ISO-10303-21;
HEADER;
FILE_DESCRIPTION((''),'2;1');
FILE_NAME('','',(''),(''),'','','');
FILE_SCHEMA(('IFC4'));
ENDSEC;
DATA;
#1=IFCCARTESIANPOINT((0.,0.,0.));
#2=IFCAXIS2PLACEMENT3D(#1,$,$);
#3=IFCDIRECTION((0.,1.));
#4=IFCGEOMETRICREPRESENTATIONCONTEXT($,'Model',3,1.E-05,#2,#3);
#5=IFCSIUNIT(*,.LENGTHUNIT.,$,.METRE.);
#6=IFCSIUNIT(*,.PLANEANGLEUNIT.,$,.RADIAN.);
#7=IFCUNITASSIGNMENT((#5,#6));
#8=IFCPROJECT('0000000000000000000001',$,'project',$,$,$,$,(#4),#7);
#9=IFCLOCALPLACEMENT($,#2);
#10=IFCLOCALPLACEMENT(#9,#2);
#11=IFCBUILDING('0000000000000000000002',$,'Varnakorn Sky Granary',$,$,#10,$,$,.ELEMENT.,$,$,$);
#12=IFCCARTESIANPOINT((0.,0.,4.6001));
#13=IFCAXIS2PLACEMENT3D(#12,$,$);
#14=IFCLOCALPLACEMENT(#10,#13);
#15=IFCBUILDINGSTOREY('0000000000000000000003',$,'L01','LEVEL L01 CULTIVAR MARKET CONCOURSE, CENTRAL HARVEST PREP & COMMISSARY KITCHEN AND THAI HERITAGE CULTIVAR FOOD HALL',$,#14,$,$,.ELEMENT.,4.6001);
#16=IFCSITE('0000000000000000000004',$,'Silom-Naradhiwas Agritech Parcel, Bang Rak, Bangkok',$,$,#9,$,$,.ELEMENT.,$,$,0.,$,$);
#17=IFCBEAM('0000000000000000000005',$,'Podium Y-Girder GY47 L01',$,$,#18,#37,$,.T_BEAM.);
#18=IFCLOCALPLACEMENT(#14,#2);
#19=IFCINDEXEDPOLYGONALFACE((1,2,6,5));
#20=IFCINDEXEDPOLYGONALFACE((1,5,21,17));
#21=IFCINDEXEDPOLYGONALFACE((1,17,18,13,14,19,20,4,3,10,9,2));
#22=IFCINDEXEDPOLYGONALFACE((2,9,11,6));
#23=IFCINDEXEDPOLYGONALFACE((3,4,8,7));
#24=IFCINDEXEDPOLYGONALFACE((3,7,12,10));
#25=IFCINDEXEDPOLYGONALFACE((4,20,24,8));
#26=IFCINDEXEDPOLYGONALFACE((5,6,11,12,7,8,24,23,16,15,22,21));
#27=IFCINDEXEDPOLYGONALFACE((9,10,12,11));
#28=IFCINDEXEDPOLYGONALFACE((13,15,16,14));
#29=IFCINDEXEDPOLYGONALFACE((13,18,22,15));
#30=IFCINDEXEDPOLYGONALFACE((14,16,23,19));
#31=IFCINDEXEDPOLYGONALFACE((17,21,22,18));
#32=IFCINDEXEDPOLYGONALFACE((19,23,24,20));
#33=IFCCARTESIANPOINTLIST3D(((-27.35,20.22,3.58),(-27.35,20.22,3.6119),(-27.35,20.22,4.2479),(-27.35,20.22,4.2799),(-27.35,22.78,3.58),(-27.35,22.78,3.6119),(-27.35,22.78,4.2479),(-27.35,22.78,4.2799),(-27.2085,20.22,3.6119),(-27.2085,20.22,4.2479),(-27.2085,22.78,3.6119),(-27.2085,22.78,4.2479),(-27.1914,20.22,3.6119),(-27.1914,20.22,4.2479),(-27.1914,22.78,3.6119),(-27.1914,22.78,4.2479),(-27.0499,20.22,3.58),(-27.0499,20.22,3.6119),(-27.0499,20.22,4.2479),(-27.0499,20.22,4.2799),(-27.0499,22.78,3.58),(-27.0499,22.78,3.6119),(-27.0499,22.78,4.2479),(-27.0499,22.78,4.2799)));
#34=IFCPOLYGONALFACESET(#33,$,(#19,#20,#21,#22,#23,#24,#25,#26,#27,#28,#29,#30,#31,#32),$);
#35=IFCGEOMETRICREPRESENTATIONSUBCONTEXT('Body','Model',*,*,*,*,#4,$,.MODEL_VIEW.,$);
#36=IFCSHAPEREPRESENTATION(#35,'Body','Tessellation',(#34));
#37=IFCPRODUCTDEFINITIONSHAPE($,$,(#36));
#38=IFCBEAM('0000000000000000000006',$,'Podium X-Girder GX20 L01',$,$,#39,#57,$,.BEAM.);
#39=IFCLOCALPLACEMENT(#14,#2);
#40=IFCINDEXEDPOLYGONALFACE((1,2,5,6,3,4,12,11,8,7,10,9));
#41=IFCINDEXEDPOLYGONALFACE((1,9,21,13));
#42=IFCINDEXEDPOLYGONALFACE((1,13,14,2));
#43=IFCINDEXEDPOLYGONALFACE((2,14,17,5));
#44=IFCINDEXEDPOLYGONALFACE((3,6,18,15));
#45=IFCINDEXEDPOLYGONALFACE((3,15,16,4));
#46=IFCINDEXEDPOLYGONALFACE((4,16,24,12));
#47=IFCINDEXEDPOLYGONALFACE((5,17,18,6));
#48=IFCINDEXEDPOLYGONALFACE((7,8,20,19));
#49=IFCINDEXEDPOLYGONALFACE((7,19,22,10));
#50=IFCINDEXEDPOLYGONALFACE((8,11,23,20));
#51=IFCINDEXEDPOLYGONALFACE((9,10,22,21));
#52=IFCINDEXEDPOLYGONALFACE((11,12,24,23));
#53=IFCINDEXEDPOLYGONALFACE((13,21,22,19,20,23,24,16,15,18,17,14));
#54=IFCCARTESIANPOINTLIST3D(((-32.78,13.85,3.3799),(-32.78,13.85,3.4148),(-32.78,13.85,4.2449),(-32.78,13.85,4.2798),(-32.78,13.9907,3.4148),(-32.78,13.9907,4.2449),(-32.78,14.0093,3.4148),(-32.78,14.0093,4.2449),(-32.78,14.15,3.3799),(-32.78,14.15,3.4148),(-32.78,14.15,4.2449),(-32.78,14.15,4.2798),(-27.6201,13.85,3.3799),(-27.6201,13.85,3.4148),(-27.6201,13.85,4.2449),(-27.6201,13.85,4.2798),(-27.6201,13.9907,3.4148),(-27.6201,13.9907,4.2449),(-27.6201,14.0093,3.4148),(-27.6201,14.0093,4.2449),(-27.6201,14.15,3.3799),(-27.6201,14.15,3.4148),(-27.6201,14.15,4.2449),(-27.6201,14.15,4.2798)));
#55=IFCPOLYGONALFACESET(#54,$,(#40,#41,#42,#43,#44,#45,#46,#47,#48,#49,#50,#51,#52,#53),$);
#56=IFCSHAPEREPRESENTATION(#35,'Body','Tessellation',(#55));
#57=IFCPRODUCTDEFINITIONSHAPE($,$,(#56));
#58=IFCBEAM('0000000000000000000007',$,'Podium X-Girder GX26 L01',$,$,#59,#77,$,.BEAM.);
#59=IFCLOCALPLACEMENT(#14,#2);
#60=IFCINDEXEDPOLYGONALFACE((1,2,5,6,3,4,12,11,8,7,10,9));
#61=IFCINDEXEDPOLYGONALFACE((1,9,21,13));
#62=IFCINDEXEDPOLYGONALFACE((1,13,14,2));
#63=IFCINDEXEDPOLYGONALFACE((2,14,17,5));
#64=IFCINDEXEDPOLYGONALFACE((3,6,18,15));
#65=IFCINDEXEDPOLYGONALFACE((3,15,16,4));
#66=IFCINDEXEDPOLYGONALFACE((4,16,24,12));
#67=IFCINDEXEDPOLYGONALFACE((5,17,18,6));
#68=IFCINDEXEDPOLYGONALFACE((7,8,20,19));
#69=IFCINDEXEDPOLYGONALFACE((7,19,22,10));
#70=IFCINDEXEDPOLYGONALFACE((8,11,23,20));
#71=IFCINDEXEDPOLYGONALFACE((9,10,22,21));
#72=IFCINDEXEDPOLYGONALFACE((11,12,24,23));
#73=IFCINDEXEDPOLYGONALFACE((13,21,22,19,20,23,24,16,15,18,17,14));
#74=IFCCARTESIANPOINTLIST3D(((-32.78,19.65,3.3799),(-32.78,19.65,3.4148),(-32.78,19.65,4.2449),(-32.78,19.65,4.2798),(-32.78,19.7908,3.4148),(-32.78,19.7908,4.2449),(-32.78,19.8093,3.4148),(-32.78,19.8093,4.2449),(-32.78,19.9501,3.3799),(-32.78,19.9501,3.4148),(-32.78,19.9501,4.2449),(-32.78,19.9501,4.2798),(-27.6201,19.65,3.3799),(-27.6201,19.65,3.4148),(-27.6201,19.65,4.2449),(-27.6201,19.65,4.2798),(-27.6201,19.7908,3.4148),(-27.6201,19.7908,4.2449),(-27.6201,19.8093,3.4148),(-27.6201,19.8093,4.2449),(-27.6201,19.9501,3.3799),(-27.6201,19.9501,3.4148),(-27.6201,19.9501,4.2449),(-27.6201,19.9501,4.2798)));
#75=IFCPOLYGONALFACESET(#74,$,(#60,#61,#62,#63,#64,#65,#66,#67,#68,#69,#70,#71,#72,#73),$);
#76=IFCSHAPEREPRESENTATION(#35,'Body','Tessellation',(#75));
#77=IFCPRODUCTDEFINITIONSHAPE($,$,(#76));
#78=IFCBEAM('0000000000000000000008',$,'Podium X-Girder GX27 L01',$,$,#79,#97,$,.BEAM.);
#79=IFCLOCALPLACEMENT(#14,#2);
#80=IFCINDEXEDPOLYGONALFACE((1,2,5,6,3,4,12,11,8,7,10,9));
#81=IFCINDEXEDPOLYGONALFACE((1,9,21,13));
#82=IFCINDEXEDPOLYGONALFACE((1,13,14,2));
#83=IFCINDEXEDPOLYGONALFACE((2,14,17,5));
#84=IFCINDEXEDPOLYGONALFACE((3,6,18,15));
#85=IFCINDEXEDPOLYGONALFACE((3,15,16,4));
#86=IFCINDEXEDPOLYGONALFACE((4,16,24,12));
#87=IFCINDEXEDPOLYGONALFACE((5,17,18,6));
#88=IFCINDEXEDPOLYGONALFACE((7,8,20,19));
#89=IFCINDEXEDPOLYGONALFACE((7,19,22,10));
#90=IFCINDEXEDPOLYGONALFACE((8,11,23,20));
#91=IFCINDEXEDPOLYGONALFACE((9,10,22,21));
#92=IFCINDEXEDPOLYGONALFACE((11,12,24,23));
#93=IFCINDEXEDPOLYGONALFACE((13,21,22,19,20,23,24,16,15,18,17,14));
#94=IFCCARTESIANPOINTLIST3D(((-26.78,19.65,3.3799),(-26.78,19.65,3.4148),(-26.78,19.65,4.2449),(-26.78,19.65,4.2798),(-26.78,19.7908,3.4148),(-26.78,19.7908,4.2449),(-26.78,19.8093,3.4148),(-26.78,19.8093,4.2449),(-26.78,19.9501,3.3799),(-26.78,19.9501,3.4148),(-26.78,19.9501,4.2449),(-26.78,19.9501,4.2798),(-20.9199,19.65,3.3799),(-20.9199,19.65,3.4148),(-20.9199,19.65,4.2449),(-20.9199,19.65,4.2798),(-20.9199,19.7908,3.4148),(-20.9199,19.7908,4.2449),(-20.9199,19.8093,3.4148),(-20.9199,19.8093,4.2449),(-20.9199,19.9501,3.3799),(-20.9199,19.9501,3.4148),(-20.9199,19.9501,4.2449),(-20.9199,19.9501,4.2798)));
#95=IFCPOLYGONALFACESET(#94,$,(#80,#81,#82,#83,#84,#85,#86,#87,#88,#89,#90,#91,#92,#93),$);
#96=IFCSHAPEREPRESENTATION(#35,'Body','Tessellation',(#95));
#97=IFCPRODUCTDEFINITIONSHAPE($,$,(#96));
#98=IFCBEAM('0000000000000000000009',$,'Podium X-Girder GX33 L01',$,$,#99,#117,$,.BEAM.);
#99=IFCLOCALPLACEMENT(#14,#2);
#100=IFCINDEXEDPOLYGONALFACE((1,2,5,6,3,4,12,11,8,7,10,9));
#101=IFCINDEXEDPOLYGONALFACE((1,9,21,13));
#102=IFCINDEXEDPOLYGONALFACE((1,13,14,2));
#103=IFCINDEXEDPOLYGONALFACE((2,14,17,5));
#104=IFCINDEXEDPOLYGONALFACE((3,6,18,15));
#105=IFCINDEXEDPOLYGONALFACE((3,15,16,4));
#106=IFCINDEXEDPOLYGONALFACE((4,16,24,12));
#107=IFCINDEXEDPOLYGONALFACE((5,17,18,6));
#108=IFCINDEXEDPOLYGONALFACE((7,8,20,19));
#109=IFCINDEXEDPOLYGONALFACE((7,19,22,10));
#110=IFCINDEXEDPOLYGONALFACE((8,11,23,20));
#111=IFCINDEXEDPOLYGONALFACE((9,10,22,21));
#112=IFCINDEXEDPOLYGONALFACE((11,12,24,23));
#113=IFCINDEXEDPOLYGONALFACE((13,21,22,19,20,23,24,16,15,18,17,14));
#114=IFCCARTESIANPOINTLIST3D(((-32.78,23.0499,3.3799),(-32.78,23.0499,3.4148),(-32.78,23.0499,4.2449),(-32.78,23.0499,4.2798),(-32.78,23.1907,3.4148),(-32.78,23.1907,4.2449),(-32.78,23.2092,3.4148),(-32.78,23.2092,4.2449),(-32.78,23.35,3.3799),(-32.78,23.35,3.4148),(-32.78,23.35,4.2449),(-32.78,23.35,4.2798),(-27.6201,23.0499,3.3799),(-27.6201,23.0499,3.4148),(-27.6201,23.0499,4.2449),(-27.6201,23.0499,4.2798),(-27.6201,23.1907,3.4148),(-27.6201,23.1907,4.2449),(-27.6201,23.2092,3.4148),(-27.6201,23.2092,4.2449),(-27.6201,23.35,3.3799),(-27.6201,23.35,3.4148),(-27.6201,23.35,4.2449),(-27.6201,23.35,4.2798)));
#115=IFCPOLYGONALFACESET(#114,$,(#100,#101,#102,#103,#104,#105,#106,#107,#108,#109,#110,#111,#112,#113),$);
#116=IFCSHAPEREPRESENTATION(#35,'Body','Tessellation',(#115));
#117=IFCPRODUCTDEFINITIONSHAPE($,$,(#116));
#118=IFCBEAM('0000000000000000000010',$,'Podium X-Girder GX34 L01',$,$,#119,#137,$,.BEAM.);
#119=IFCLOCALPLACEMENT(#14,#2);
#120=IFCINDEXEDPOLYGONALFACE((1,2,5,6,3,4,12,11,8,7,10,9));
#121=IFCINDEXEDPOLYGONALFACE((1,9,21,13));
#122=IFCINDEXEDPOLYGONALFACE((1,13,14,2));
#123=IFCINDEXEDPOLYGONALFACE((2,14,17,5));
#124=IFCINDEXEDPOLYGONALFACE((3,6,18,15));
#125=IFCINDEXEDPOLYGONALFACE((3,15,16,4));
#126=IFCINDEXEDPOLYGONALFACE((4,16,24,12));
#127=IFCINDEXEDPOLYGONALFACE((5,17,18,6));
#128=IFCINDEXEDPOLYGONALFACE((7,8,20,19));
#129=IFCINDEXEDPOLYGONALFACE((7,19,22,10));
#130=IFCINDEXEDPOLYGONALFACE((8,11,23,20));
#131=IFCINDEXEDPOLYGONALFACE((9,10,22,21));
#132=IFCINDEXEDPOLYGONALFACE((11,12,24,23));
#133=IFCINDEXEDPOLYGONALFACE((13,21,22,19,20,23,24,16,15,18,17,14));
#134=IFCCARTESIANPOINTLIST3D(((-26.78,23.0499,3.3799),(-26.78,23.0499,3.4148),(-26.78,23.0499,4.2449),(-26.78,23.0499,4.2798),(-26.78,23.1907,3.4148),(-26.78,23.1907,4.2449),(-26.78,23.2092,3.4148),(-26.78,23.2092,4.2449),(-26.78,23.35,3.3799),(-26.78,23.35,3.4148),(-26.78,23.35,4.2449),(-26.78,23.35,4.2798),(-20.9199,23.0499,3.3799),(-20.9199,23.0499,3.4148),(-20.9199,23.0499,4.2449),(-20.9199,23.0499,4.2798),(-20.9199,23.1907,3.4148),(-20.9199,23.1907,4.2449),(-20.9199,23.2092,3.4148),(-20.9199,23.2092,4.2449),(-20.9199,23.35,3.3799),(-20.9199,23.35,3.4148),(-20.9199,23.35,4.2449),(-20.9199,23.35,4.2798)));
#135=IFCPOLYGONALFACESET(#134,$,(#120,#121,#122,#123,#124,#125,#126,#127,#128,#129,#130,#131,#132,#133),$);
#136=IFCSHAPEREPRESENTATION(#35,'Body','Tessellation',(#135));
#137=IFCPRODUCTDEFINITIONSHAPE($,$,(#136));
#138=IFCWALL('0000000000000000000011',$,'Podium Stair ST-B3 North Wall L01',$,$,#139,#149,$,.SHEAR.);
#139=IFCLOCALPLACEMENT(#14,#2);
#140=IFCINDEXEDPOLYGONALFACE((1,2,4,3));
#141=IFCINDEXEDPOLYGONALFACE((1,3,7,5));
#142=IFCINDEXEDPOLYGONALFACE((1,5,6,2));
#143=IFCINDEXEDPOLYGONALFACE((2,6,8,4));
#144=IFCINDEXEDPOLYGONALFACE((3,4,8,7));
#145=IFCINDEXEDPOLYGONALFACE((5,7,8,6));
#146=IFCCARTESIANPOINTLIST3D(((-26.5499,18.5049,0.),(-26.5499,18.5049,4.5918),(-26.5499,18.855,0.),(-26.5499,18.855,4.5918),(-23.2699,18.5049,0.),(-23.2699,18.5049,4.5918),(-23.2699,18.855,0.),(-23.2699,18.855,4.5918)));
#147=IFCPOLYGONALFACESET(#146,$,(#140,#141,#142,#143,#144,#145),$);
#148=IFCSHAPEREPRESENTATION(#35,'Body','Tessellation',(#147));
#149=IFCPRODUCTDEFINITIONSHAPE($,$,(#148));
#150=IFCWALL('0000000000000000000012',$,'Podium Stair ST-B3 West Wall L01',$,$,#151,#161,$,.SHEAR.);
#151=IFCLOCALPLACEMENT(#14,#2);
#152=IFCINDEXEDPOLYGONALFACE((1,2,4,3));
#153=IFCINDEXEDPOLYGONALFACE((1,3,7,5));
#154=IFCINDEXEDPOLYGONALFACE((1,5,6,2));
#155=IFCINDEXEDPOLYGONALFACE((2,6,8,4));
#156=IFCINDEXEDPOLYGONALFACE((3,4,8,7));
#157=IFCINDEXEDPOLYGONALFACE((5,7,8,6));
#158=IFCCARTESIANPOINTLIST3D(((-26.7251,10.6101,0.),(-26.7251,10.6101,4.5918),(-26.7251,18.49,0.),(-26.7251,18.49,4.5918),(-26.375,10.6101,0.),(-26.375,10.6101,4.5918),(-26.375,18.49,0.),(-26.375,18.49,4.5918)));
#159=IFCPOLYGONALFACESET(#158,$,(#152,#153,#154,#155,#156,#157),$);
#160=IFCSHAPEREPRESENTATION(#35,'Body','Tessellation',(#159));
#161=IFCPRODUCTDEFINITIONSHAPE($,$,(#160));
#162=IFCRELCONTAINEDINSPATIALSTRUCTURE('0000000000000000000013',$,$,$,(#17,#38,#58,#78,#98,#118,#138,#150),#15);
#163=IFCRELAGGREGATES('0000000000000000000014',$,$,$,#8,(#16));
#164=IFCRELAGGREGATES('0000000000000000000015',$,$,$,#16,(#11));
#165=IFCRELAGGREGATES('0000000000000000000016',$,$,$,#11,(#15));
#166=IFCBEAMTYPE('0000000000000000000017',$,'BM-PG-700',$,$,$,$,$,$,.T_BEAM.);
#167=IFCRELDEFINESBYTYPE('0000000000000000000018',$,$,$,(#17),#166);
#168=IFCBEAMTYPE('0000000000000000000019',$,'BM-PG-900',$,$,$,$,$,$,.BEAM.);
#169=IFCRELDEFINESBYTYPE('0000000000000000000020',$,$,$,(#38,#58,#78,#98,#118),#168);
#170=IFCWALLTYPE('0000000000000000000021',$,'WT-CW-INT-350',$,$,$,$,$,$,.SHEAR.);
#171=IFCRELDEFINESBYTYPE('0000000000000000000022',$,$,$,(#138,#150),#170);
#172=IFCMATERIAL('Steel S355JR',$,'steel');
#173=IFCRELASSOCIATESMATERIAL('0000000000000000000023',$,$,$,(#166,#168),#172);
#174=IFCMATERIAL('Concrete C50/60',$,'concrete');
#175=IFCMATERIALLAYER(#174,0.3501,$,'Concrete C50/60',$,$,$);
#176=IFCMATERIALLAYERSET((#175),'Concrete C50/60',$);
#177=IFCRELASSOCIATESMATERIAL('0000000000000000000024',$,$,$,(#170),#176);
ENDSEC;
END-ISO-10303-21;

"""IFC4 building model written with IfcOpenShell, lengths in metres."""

from ifc_helpers import new_model, si_unit, direction, frame, frame_2d, origin, origin_2d, place, context, subcontext, project, spatial, rectangle, i_section, extrude, material, layer, layer_set, material_profile, profile_set, type_object, element, save


model = new_model("IFC4")

# Units and contexts
model_context = context("Model", 3, precision=1e-05, world=origin(), true_north=direction((0.0, 1.0)))
body_context = subcontext(model_context, "Body", "Model", "MODEL_VIEW")
ifc_project = project(units=[si_unit("LENGTHUNIT", "METRE"), si_unit("PLANEANGLEUNIT", "RADIAN")], contexts=[model_context])

# Site, building, storey
site_placement = place(None, origin())
site = spatial("IfcSite", under=ifc_project, at=site_placement, Name="Silom-Naradhiwas Agritech Parcel, Bang Rak, Bangkok", CompositionType="ELEMENT", RefElevation=0.0)
building_placement = place(site_placement, origin())
building = spatial("IfcBuilding", under=site, at=building_placement, Name="Varnakorn Sky Granary", CompositionType="ELEMENT")
storey_placement = place(building_placement, frame((0.0, 0.0, 4.6001)))
storey = spatial("IfcBuildingStorey", under=building, at=storey_placement, Name="L01", Description="LEVEL L01 CULTIVAR MARKET CONCOURSE, CENTRAL HARVEST PREP & COMMISSARY KITCHEN AND THAI HERITAGE CULTIVAR FOOD HALL", CompositionType="ELEMENT", Elevation=4.6001)

# Beams
ifc_material_1 = material(Name="Steel S355JR", Category="steel")
ifc_material_profile_1 = material_profile(ifc_material_1, i_section(OverallWidth=0.3, OverallDepth=0.7, WebThickness=0.0171, FlangeThickness=0.032, at=origin_2d()), Name="HE 700 B")
ifc_profile_set_1 = profile_set([ifc_material_profile_1], Name="Steel S355JR")
beam_type_1 = type_object("IfcBeamType", Name="BM-PG-700", PredefinedType="T_BEAM", material=ifc_profile_set_1)
beam_1_placement = place(storey_placement, frame((-27.2, 20.22, 3.9299), z_axis=(0.0, 1.0, 0.0), x_axis=(-1.0, 0.0, 0.0)))
element("IfcBeam", 1, at=beam_1_placement, inside=storey, type_object=beam_type_1, Name="Podium Y-Girder GY47 L01", PredefinedType="T_BEAM", context=body_context, shape_type="SweptSolid", body=[
    extrude(i_section(OverallWidth=0.3, OverallDepth=0.7, WebThickness=0.0171, FlangeThickness=0.032, at=origin_2d()), origin(), (0.0, 0.0, 1.0), 2.5601),
])
ifc_material_profile_2 = material_profile(ifc_material_1, i_section(OverallWidth=0.3, OverallDepth=0.8999, WebThickness=0.0186, FlangeThickness=0.0349, at=origin_2d()), Name="HE 900 B")
ifc_profile_set_2 = profile_set([ifc_material_profile_2], Name="Steel S355JR")
beam_type_2 = type_object("IfcBeamType", Name="BM-PG-900", PredefinedType="BEAM", material=ifc_profile_set_2)
for number, where, z_axis, x_axis, name in (
    (2, (-32.78, 14.0, 3.8298), (1.0, 0.0, 0.0), (0.0, 1.0, 0.0), "Podium X-Girder GX20 L01"),
    (3, (-32.78, 19.8, 3.8298), (1.0, 0.0, 0.0), (0.0, 1.0, 0.0), "Podium X-Girder GX26 L01"),
):
    element("IfcBeam", number, at=place(storey_placement, frame(where, z_axis=z_axis, x_axis=x_axis)), inside=storey, type_object=beam_type_2, Name=name, PredefinedType="BEAM", context=body_context, shape_type="SweptSolid", body=[
        extrude(i_section(OverallWidth=0.3, OverallDepth=0.8999, WebThickness=0.0186, FlangeThickness=0.0349, at=origin_2d()), origin(), (0.0, 0.0, 1.0), 5.1599),
    ])
beam_2_placement = place(storey_placement, frame((-26.78, 19.8, 3.8298), z_axis=(1.0, 0.0, 0.0), x_axis=(0.0, 1.0, 0.0)))
element("IfcBeam", 4, at=beam_2_placement, inside=storey, type_object=beam_type_2, Name="Podium X-Girder GX27 L01", PredefinedType="BEAM", context=body_context, shape_type="SweptSolid", body=[
    extrude(i_section(OverallWidth=0.3, OverallDepth=0.8999, WebThickness=0.0186, FlangeThickness=0.0349, at=origin_2d()), origin(), (0.0, 0.0, 1.0), 5.8601),
])
beam_3_placement = place(storey_placement, frame((-32.78, 23.2, 3.8298), z_axis=(1.0, 0.0, 0.0), x_axis=(0.0, 1.0, 0.0)))
element("IfcBeam", 5, at=beam_3_placement, inside=storey, type_object=beam_type_2, Name="Podium X-Girder GX33 L01", PredefinedType="BEAM", context=body_context, shape_type="SweptSolid", body=[
    extrude(i_section(OverallWidth=0.3, OverallDepth=0.8999, WebThickness=0.0186, FlangeThickness=0.0349, at=origin_2d()), origin(), (0.0, 0.0, 1.0), 5.1599),
])
beam_4_placement = place(storey_placement, frame((-26.78, 23.2, 3.8298), z_axis=(1.0, 0.0, 0.0), x_axis=(0.0, 1.0, 0.0)))
element("IfcBeam", 6, at=beam_4_placement, inside=storey, type_object=beam_type_2, Name="Podium X-Girder GX34 L01", PredefinedType="BEAM", context=body_context, shape_type="SweptSolid", body=[
    extrude(i_section(OverallWidth=0.3, OverallDepth=0.8999, WebThickness=0.0186, FlangeThickness=0.0349, at=origin_2d()), origin(), (0.0, 0.0, 1.0), 5.8601),
])

# Shared definitions
ifc_material_2 = material(Name="Concrete C50/60", Category="concrete")
ifc_layer_1 = layer(ifc_material_2, 0.3501, Name="Concrete C50/60")
ifc_layer_set_1 = layer_set([ifc_layer_1], Name="Concrete C50/60")
wall_type_1 = type_object("IfcWallType", Name="WT-CW-INT-350", PredefinedType="SHEAR", material=ifc_layer_set_1)

# Walls
wall_1_placement = place(storey_placement, frame((-26.55, 18.6799, 0.0), z_axis=(0.0, 0.0, 1.0), x_axis=(1.0, 0.0, 0.0)))
element("IfcWall", 7, at=wall_1_placement, inside=storey, type_object=wall_type_1, Name="Podium Stair ST-B3 North Wall L01", PredefinedType="SHEAR", context=body_context, shape_type="SweptSolid", body=[
    extrude(rectangle(XDim=3.28, YDim=0.3501, at=frame_2d((1.6401, 0.0))), origin(), (0.0, 0.0, 1.0), 4.5918),
])
wall_2_placement = place(storey_placement, frame((-26.55, 10.6101, 0.0), z_axis=(0.0, 0.0, 1.0), x_axis=(0.0, 1.0, 0.0)))
element("IfcWall", 8, at=wall_2_placement, inside=storey, type_object=wall_type_1, Name="Podium Stair ST-B3 West Wall L01", PredefinedType="SHEAR", context=body_context, shape_type="SweptSolid", body=[
    extrude(rectangle(XDim=7.8799, YDim=0.3501, at=frame_2d((3.9399, 0.0))), origin(), (0.0, 0.0, 1.0), 4.5918),
])

save(model, "model.ifc")
